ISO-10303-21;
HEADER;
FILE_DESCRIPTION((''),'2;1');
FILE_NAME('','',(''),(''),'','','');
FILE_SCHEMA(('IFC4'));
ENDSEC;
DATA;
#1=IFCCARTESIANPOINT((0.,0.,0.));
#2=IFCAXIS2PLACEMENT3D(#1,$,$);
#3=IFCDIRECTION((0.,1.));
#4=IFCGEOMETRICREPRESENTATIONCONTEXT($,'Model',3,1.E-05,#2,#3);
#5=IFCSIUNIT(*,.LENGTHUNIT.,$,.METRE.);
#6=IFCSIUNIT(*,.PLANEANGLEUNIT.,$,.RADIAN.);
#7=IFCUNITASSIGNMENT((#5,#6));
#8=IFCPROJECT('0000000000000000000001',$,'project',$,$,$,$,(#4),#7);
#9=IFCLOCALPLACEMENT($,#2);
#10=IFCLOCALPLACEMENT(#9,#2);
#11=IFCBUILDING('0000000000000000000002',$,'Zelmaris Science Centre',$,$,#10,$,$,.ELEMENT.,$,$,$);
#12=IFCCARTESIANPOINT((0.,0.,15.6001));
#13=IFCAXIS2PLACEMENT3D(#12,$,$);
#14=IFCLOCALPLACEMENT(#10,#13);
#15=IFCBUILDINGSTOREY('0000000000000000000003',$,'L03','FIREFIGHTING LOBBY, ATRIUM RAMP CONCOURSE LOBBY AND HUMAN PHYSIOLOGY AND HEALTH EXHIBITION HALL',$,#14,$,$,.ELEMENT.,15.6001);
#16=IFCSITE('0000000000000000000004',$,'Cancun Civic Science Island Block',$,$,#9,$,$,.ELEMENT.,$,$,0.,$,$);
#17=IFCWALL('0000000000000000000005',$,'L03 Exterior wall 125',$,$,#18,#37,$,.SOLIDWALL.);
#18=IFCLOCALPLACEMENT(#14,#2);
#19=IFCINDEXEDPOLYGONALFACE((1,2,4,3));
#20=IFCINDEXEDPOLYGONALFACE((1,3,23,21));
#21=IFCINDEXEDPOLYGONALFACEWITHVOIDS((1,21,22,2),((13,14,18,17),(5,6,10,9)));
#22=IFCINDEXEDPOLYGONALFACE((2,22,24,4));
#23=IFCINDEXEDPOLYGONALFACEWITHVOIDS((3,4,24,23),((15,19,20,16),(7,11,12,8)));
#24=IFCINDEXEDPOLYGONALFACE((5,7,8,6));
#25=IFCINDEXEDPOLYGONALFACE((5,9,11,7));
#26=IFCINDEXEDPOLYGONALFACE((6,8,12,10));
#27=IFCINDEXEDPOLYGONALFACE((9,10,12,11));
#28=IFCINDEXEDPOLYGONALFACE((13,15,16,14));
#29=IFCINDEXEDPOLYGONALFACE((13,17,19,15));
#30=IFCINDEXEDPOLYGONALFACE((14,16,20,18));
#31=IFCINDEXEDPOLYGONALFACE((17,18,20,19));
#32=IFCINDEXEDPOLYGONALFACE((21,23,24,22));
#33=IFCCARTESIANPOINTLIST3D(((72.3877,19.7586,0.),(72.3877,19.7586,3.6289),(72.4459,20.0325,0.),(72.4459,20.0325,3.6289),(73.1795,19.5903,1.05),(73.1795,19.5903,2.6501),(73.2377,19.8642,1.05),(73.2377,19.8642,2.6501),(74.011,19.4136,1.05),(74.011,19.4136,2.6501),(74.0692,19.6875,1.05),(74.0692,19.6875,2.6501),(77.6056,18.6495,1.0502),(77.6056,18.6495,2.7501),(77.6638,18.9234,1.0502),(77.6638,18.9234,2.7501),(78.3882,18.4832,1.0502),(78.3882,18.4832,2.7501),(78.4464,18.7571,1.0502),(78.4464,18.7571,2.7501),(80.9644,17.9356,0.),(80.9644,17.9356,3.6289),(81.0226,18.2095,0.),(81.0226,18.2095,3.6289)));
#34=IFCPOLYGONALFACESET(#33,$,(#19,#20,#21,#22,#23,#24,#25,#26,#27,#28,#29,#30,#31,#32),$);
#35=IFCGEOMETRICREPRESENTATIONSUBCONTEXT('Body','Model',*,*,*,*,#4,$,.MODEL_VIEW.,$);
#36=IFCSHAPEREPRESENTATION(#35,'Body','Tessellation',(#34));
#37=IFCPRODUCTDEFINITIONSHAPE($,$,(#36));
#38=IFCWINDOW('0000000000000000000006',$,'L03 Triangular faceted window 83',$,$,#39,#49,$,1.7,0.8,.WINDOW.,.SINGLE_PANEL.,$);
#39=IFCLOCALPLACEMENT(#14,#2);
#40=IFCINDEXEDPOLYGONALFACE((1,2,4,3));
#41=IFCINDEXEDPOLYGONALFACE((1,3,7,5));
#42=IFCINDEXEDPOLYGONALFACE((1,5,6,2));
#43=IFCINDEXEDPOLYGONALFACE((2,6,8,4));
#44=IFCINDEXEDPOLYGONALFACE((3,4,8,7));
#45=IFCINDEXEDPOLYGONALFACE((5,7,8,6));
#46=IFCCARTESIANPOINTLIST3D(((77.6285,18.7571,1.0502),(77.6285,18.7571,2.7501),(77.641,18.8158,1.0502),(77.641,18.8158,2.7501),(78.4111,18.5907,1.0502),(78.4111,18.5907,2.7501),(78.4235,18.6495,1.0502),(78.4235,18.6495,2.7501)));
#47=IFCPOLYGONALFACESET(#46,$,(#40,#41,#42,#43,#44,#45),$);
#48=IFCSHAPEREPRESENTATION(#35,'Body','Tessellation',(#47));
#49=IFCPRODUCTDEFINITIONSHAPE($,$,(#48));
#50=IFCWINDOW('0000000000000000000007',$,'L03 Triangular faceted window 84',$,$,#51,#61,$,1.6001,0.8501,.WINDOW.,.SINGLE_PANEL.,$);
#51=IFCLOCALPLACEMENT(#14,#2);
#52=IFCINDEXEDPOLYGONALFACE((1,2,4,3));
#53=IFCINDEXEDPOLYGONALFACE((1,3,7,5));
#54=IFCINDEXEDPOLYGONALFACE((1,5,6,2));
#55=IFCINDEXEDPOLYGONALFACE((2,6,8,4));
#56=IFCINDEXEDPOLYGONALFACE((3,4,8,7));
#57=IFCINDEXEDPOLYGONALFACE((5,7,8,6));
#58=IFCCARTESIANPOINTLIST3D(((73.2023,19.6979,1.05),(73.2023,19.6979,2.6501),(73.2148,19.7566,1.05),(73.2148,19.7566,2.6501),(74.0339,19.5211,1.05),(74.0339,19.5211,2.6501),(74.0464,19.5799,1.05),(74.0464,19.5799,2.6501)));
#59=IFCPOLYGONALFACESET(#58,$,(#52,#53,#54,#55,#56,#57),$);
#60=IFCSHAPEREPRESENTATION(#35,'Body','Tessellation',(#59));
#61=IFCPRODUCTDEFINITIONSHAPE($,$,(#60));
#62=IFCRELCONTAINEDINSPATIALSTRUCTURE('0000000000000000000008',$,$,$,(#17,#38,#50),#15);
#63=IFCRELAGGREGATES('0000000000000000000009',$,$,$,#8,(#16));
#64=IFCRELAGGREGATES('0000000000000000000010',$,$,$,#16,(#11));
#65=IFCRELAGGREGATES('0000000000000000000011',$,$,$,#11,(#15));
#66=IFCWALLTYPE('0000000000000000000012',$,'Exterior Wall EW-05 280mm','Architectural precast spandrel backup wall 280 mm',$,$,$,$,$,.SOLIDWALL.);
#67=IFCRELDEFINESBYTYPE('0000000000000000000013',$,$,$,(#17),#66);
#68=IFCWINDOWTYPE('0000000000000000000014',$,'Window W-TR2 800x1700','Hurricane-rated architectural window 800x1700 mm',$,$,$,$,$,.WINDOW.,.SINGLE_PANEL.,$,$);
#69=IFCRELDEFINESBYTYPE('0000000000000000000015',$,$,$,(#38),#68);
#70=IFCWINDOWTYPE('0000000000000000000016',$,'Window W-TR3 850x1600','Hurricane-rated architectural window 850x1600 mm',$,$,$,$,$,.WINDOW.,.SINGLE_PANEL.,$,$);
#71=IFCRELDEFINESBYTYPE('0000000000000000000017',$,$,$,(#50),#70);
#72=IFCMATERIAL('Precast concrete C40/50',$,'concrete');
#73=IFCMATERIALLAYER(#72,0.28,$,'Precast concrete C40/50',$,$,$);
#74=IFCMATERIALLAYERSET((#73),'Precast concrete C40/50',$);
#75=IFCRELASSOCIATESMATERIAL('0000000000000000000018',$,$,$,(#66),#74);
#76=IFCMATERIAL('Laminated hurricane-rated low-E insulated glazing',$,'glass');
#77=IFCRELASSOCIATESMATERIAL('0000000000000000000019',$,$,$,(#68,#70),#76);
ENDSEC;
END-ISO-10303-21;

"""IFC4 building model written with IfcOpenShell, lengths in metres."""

from ifc_helpers import new_model, si_unit, direction, frame, frame_2d, origin, place, context, subcontext, project, spatial, rectangle, extrude, material, layer, layer_set, type_object, element, fill, save


model = new_model("IFC4")

# Units and contexts
model_context = context("Model", 3, precision=1e-05, world=origin(), true_north=direction((0.0, 1.0)))
body_context = subcontext(model_context, "Body", "Model", "MODEL_VIEW")
ifc_project = project(units=[si_unit("LENGTHUNIT", "METRE"), si_unit("PLANEANGLEUNIT", "RADIAN")], contexts=[model_context])

# Site, building, storey
site_placement = place(None, origin())
site = spatial("IfcSite", under=ifc_project, at=site_placement, Name="Cancun Civic Science Island Block", CompositionType="ELEMENT", RefElevation=0.0)
building_placement = place(site_placement, origin())
building = spatial("IfcBuilding", under=site, at=building_placement, Name="Zelmaris Science Centre", CompositionType="ELEMENT")
storey_placement = place(building_placement, frame((0.0, 0.0, 15.6001)))
storey = spatial("IfcBuildingStorey", under=building, at=storey_placement, Name="L03", Description="FIREFIGHTING LOBBY, ATRIUM RAMP CONCOURSE LOBBY AND HUMAN PHYSIOLOGY AND HEALTH EXHIBITION HALL", CompositionType="ELEMENT", Elevation=15.6001)

# Shared definitions
ifc_material_1 = material(Name="Precast concrete C40/50", Category="concrete")

# Wall, openings, windows
ifc_layer_1 = layer(ifc_material_1, 0.28, Name="Precast concrete C40/50")
ifc_layer_set_1 = layer_set([ifc_layer_1], Name="Precast concrete C40/50")
wall_type_1 = type_object("IfcWallType", Name="Exterior Wall EW-05 280mm", Description="Architectural precast spandrel backup wall 280 mm", PredefinedType="SOLIDWALL", material=ifc_layer_set_1)
wall_1_placement = place(storey_placement, frame((80.9937, 18.0725, 0.0), z_axis=(0.0, 0.0, 1.0), x_axis=(-0.978148, 0.207909, 0.0)))
wall_1 = element("IfcWall", 1, at=wall_1_placement, inside=storey, type_object=wall_type_1, Name="L03 Exterior wall 125", PredefinedType="SOLIDWALL", context=body_context, shape_type="SweptSolid", body=[
    extrude(rectangle(XDim=8.7683, YDim=0.28, at=frame_2d((4.3843, 0.0))), origin(), (0.0, 0.0, 1.0), 3.6289),
])
opening_1_placement = place(wall_1_placement, frame((2.634, 0.0, 1.05)))
opening_1 = element("IfcOpeningElement", 2, at=opening_1_placement, cuts=wall_1, PredefinedType="OPENING", context=body_context, shape_type="SweptSolid", body=[
    extrude(rectangle(XDim=0.8, YDim=1.7, at=frame_2d((0.3999, 0.8501))), frame((0.0, 0.1499, 0.0), z_axis=(0.0, -1.0, 0.0), x_axis=(1.0, 0.0, 0.0)), (0.0, 0.0, 1.0), 0.3),
])
opening_2_placement = place(wall_1_placement, frame((7.1089, 0.0, 1.05)))
opening_2 = element("IfcOpeningElement", 3, at=opening_2_placement, cuts=wall_1, PredefinedType="OPENING", context=body_context, shape_type="SweptSolid", body=[
    extrude(rectangle(XDim=0.8501, YDim=1.6001, at=frame_2d((0.425, 0.8))), frame((0.0, 0.1499, 0.0), z_axis=(0.0, -1.0, 0.0), x_axis=(1.0, 0.0, 0.0)), (0.0, 0.0, 1.0), 0.3),
])
ifc_material_2 = material(Name="Laminated hurricane-rated low-E insulated glazing", Category="glass")
window_type_1 = type_object("IfcWindowType", Name="Window W-TR2 800x1700", Description="Hurricane-rated architectural window 800x1700 mm", PartitioningType="SINGLE_PANEL", PredefinedType="WINDOW", material=ifc_material_2)
window_1_placement = place(opening_1_placement, origin())
window_1 = element("IfcWindow", 4, at=window_1_placement, inside=storey, type_object=window_type_1, Name="L03 Triangular faceted window 83", OverallHeight=1.7, OverallWidth=0.8, PartitioningType="SINGLE_PANEL", PredefinedType="WINDOW", context=body_context, shape_type="SweptSolid", body=[
    extrude(rectangle(XDim=0.8, YDim=1.7, at=frame_2d((0.3999, 0.8501))), frame((0.0, 0.03, 0.0), z_axis=(0.0, -1.0, 0.0), x_axis=(1.0, 0.0, 0.0)), (0.0, 0.0, 1.0), 0.0601),
])
fill(opening_1, window_1)
window_type_2 = type_object("IfcWindowType", Name="Window W-TR3 850x1600", Description="Hurricane-rated architectural window 850x1600 mm", PartitioningType="SINGLE_PANEL", PredefinedType="WINDOW", material=ifc_material_2)
window_2_placement = place(opening_2_placement, origin())
window_2 = element("IfcWindow", 5, at=window_2_placement, inside=storey, type_object=window_type_2, Name="L03 Triangular faceted window 84", OverallHeight=1.6001, OverallWidth=0.8501, PartitioningType="SINGLE_PANEL", PredefinedType="WINDOW", context=body_context, shape_type="SweptSolid", body=[
    extrude(rectangle(XDim=0.8501, YDim=1.6001, at=frame_2d((0.425, 0.8))), frame((0.0, 0.03, 0.0), z_axis=(0.0, -1.0, 0.0), x_axis=(1.0, 0.0, 0.0)), (0.0, 0.0, 1.0), 0.0601),
])
fill(opening_2, window_2)

save(model, "model.ifc")
